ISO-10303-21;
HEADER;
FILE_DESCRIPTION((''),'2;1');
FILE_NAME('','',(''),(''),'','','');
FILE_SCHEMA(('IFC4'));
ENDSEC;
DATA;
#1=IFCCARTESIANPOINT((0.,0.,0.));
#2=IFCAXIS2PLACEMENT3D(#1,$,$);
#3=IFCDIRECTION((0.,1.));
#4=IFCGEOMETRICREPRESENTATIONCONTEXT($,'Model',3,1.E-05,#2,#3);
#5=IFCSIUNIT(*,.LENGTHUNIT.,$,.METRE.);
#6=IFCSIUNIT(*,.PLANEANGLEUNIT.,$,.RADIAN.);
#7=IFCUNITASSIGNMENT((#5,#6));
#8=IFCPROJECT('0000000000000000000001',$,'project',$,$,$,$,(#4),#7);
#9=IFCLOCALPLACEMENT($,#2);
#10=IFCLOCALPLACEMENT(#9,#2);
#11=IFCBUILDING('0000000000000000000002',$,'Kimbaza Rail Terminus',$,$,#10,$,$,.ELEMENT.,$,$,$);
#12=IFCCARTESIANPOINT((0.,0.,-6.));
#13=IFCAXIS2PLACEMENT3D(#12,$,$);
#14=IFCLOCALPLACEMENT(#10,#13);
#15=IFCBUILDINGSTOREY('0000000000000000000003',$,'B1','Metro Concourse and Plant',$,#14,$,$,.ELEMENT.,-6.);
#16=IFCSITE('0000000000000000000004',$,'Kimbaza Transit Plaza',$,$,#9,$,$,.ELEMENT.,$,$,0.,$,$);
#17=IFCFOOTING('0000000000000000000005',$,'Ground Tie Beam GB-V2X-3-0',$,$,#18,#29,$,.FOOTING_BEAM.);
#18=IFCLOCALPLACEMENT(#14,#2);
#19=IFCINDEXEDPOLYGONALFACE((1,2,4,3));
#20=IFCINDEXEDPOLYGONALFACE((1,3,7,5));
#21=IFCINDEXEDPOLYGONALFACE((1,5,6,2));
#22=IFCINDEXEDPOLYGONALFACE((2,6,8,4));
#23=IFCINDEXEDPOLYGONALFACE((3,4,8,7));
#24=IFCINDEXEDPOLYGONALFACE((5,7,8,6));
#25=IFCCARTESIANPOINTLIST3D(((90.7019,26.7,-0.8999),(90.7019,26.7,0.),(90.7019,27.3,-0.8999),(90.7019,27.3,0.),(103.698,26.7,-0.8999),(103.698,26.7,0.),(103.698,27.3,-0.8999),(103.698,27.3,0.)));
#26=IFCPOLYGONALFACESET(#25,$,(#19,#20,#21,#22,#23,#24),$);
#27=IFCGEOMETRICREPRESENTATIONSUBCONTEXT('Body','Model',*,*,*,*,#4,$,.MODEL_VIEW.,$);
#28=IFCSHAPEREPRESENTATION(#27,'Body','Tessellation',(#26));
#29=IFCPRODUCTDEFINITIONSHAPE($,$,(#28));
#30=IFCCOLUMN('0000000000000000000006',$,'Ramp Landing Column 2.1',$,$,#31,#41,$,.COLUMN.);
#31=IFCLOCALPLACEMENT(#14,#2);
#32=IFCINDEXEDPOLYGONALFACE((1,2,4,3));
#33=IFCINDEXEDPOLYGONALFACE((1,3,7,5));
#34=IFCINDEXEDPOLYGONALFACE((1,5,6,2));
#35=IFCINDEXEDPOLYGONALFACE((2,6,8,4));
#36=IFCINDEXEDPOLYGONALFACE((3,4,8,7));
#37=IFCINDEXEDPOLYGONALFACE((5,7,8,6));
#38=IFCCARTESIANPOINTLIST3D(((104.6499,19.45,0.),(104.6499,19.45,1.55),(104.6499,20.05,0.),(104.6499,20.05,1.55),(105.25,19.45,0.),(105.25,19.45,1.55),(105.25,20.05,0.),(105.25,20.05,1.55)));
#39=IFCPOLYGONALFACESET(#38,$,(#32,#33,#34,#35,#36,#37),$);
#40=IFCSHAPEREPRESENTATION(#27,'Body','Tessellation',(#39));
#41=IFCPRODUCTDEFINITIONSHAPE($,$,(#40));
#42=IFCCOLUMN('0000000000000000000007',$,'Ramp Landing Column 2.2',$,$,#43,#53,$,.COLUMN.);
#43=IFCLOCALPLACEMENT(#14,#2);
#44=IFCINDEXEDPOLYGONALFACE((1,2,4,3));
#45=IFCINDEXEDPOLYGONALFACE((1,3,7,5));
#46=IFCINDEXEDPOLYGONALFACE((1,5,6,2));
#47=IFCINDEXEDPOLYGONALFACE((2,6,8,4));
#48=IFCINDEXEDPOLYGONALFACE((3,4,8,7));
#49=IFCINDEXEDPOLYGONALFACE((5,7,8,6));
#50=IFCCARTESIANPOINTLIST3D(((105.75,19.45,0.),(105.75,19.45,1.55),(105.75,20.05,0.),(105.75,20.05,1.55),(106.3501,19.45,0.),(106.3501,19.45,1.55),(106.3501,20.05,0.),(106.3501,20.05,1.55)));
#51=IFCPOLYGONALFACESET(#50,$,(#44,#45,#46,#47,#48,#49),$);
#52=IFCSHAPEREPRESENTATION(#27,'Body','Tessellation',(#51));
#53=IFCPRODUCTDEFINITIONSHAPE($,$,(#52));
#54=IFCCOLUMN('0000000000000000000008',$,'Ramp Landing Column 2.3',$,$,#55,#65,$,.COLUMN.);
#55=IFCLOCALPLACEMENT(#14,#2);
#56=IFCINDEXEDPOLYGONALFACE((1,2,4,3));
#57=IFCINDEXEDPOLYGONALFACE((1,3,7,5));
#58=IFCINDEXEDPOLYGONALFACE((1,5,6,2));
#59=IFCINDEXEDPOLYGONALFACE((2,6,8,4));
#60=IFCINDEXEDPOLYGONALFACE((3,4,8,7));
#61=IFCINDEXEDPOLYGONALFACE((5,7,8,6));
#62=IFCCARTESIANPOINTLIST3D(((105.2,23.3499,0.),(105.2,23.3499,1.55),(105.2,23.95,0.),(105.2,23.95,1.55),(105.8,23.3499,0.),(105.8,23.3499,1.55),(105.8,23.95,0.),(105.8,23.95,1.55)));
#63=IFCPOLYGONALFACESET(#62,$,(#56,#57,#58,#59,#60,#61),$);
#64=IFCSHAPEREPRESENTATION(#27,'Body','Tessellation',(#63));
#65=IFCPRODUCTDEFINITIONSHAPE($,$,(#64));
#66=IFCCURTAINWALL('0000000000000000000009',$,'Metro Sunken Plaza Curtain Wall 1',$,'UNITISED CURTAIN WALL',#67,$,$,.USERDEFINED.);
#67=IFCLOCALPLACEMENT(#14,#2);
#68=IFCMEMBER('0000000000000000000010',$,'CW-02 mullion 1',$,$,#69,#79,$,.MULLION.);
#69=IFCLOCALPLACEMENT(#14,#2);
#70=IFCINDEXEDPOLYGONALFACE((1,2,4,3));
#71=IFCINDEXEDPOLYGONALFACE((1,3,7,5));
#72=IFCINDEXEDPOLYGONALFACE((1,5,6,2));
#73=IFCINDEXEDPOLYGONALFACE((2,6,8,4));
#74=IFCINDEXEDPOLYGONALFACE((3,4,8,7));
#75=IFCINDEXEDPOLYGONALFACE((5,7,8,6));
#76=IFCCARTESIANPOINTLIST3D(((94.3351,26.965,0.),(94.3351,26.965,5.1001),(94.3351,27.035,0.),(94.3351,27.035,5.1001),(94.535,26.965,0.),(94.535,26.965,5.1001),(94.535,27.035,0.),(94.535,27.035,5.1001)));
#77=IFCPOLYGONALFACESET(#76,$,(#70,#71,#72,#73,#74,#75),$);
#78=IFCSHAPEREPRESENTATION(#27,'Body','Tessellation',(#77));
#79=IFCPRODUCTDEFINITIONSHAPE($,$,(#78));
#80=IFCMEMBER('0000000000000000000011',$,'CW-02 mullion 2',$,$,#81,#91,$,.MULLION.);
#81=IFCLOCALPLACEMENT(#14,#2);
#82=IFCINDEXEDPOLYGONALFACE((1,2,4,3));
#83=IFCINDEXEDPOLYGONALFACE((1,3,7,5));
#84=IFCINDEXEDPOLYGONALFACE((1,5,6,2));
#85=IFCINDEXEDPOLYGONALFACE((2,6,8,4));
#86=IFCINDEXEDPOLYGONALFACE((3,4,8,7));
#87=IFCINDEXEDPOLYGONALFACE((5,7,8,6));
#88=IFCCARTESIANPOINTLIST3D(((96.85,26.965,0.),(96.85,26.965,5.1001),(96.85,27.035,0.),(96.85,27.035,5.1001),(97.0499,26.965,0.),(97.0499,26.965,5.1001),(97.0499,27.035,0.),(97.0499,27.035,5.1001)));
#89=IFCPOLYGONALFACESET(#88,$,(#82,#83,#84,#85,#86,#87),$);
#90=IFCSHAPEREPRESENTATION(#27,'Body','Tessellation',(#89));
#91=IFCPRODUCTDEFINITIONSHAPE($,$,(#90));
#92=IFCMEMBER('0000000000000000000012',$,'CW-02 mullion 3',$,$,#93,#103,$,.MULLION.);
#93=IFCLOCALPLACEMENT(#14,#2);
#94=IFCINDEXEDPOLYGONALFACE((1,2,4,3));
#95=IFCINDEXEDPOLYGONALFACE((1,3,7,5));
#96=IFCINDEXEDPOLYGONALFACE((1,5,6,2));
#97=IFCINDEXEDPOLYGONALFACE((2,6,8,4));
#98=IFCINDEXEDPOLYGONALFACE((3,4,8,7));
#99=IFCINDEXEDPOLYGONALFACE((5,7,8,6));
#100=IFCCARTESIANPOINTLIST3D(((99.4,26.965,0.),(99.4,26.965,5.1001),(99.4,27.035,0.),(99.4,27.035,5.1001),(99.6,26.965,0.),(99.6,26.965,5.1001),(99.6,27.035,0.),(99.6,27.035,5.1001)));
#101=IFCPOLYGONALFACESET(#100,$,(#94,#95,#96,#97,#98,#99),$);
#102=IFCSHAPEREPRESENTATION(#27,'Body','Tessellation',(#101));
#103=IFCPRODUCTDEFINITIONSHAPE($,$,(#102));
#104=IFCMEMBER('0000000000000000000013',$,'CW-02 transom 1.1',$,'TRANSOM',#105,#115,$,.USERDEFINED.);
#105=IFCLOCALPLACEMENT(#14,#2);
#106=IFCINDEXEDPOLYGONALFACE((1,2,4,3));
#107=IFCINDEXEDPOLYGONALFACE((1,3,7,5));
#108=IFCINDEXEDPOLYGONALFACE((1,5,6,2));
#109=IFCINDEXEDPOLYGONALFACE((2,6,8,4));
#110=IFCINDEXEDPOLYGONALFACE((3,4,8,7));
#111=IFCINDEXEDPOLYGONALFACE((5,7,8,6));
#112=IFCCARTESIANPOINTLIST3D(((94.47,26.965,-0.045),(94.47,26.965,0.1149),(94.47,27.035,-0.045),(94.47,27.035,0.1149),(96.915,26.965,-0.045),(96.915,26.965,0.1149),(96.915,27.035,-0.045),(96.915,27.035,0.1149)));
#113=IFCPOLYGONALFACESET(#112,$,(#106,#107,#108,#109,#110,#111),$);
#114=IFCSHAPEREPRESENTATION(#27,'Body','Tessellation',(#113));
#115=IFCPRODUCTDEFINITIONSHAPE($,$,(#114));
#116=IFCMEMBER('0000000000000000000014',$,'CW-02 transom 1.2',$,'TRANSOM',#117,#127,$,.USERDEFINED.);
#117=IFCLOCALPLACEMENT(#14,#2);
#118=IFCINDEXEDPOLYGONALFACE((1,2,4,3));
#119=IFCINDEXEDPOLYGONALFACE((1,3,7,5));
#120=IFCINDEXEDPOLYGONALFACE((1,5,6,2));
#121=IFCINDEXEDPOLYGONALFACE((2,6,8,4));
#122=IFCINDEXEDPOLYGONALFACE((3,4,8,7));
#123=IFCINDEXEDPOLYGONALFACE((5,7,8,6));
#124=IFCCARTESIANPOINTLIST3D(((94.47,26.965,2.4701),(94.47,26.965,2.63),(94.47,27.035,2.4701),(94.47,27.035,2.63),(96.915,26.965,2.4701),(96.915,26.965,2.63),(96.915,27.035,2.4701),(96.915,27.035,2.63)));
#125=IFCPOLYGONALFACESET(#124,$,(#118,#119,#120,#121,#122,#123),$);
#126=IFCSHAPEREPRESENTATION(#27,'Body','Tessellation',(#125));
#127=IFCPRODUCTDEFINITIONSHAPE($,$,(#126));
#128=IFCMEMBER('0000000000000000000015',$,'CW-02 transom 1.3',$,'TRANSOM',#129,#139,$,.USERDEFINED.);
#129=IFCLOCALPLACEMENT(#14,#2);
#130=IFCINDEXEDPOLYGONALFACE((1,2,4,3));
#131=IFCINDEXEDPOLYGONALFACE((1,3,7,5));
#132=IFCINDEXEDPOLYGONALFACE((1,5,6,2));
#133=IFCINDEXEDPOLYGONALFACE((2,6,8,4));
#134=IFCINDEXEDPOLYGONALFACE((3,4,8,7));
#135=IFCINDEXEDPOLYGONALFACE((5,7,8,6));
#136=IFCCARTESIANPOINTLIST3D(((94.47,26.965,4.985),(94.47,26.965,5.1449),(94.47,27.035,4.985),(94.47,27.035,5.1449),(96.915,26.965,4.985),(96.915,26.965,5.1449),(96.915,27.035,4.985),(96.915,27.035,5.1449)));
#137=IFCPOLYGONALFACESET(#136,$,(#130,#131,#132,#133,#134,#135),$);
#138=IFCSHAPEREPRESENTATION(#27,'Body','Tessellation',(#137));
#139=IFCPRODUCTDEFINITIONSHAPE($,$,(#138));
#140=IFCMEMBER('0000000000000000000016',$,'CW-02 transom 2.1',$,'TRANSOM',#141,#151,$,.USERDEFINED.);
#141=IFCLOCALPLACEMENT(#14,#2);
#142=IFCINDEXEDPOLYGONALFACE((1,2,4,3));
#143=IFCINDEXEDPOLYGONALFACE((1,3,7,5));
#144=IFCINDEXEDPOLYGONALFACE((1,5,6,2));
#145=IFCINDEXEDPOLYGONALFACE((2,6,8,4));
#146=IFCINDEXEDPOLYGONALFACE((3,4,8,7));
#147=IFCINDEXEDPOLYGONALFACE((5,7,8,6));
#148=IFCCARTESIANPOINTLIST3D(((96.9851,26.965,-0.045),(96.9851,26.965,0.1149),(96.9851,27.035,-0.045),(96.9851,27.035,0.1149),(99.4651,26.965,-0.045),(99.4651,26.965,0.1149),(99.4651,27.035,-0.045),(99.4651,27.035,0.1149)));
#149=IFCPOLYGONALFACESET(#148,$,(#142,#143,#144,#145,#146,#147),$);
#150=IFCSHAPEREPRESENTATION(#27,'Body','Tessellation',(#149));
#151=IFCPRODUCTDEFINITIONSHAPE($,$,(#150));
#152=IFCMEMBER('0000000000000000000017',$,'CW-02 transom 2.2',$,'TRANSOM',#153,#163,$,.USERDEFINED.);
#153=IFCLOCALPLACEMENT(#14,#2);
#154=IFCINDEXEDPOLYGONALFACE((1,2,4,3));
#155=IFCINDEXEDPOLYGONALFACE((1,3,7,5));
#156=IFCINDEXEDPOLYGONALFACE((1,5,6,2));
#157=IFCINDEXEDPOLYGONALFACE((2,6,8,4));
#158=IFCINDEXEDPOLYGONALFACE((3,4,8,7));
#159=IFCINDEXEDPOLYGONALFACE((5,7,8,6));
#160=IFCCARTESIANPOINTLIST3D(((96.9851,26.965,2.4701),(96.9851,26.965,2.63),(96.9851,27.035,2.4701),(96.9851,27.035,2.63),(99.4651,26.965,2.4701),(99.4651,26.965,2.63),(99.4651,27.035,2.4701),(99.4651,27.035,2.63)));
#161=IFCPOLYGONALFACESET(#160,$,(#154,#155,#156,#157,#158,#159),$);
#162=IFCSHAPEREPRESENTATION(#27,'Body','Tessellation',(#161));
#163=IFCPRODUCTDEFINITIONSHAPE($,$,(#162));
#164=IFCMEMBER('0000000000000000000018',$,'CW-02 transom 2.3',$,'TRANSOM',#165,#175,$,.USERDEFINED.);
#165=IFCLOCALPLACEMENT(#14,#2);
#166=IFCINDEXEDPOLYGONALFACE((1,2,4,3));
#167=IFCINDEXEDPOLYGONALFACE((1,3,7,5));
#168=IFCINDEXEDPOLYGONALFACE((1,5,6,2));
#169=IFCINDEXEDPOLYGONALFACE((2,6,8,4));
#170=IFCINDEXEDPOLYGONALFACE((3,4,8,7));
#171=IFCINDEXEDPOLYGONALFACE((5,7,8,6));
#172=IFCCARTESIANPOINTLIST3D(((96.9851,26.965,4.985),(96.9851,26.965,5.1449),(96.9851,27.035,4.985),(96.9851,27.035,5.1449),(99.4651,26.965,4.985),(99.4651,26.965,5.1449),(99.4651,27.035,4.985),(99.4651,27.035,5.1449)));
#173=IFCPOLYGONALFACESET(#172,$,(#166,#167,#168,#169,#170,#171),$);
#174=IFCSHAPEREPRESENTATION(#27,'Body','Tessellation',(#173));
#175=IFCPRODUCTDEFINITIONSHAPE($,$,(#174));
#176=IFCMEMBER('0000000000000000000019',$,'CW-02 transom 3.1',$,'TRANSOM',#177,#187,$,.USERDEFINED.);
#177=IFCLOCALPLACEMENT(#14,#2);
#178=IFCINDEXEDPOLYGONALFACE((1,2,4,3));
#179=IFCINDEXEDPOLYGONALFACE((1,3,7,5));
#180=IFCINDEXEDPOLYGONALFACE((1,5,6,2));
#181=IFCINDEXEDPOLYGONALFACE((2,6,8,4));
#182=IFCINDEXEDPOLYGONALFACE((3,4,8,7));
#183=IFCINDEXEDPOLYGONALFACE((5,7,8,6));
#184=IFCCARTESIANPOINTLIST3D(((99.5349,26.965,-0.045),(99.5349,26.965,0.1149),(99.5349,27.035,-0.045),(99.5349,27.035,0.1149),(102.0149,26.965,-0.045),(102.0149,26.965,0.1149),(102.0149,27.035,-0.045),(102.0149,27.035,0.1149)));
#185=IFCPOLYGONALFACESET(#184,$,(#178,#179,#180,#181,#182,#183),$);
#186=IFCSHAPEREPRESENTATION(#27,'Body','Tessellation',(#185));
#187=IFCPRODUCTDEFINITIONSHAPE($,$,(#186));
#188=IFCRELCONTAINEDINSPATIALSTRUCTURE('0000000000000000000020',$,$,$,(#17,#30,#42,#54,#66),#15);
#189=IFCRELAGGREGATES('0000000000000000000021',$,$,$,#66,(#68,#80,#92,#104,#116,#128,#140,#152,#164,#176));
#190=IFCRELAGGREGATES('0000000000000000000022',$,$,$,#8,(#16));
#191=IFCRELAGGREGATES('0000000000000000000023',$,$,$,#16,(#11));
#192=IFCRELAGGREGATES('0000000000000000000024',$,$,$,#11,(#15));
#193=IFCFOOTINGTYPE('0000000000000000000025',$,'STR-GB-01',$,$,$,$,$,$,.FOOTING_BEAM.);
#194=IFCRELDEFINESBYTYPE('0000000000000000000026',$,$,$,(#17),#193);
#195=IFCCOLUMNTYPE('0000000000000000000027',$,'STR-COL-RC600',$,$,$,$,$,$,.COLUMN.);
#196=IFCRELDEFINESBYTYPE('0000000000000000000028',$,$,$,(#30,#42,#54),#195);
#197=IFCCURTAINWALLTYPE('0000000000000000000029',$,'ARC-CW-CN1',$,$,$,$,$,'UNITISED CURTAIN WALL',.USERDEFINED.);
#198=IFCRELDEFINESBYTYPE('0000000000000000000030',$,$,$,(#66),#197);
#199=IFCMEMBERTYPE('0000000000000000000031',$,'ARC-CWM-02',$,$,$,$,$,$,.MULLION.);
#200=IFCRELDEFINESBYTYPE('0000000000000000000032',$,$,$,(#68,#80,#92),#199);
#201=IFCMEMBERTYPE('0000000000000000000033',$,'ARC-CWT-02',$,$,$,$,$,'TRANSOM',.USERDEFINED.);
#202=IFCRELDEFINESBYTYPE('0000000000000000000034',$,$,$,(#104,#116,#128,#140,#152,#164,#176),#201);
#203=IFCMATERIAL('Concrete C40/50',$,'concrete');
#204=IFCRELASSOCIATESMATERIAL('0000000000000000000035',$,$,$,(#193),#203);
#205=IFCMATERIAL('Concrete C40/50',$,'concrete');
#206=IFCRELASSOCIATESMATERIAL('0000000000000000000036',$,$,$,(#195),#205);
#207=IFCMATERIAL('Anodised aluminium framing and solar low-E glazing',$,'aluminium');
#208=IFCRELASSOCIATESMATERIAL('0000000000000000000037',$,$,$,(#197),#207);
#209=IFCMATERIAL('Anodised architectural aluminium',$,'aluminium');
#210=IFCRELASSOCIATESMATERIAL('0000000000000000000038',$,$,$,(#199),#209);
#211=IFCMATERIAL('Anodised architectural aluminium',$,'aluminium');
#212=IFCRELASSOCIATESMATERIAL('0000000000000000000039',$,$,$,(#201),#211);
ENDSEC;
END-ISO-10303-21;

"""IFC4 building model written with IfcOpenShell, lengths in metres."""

from ifc_helpers import new_model, si_unit, direction, frame, origin, origin_2d, place, context, subcontext, project, spatial, rectangle, extrude, material, material_profile, profile_set, type_object, element, aggregate, save


model = new_model("IFC4")

# Units and contexts
model_context = context("Model", 3, precision=1e-05, world=origin(), true_north=direction((0.0, 1.0)))
body_context = subcontext(model_context, "Body", "Model", "MODEL_VIEW")
ifc_project = project(units=[si_unit("LENGTHUNIT", "METRE"), si_unit("PLANEANGLEUNIT", "RADIAN")], contexts=[model_context])

# Site, building, storey
site_placement = place(None, origin())
site = spatial("IfcSite", under=ifc_project, at=site_placement, Name="Kimbaza Transit Plaza", CompositionType="ELEMENT", RefElevation=0.0)
building_placement = place(site_placement, origin())
building = spatial("IfcBuilding", under=site, at=building_placement, Name="Kimbaza Rail Terminus", CompositionType="ELEMENT")
storey_placement = place(building_placement, frame((0.0, 0.0, -6.0)))
storey = spatial("IfcBuildingStorey", under=building, at=storey_placement, Name="B1", Description="Metro Concourse and Plant", CompositionType="ELEMENT", Elevation=-6.0)

# Footing
ifc_material_1 = material(Name="Concrete C40/50", Category="concrete")
ifc_material_profile_1 = material_profile(ifc_material_1, rectangle(XDim=0.6001, YDim=0.8999, at=origin_2d()), Name="GB-01 600x900")
ifc_profile_set_1 = profile_set([ifc_material_profile_1], Name="Concrete C40/50")
footing_type = type_object("IfcFootingType", Name="STR-GB-01", PredefinedType="FOOTING_BEAM", material=ifc_profile_set_1)
footing_placement = place(storey_placement, frame((90.7019, 27.0, -0.45), z_axis=(1.0, 0.0, 0.0), x_axis=(0.0, 1.0, 0.0)))
element("IfcFooting", 1, at=footing_placement, inside=storey, type_object=footing_type, Name="Ground Tie Beam GB-V2X-3-0", PredefinedType="FOOTING_BEAM", context=body_context, shape_type="SweptSolid", body=[
    extrude(rectangle(XDim=0.6001, YDim=0.8999, at=origin_2d()), origin(), (0.0, 0.0, 1.0), 12.9961),
])

# Columns
ifc_material_2 = material(Name="Concrete C40/50", Category="concrete")
ifc_material_profile_2 = material_profile(ifc_material_2, rectangle(XDim=0.6001, YDim=0.6001, at=origin_2d()), Name="RC 600x600")
ifc_profile_set_2 = profile_set([ifc_material_profile_2], Name="Concrete C40/50")
column_type = type_object("IfcColumnType", Name="STR-COL-RC600", PredefinedType="COLUMN", material=ifc_profile_set_2)
for number, where, z_axis, x_axis, name in (
    (2, (104.95, 19.75, 0.0), (0.0, 0.0, 1.0), (1.0, 0.0, 0.0), "Ramp Landing Column 2.1"),
    (3, (106.05, 19.75, 0.0), (0.0, 0.0, 1.0), (1.0, 0.0, 0.0), "Ramp Landing Column 2.2"),
    (4, (105.5, 23.6499, 0.0), (0.0, 0.0, 1.0), (1.0, 0.0, 0.0), "Ramp Landing Column 2.3"),
):
    element("IfcColumn", number, at=place(storey_placement, frame(where, z_axis=z_axis, x_axis=x_axis)), inside=storey, type_object=column_type, Name=name, PredefinedType="COLUMN", context=body_context, shape_type="SweptSolid", body=[
        extrude(rectangle(XDim=0.6001, YDim=0.6001, at=origin_2d()), origin(), (0.0, 0.0, 1.0), 1.55),
    ])

# Curtain wall, members
ifc_material_3 = material(Name="Anodised aluminium framing and solar low-E glazing", Category="aluminium")
curtain_wall_type = type_object("IfcCurtainWallType", Name="ARC-CW-CN1", ElementType="UNITISED CURTAIN WALL", PredefinedType="USERDEFINED", material=ifc_material_3)
curtain_wall_placement = place(storey_placement, origin())
curtain_wall = element("IfcCurtainWall", 5, at=curtain_wall_placement, inside=storey, type_object=curtain_wall_type, Name="Metro Sunken Plaza Curtain Wall 1", ObjectType="UNITISED CURTAIN WALL", PredefinedType="USERDEFINED")
ifc_material_4 = material(Name="Anodised architectural aluminium", Category="aluminium")
ifc_material_profile_3 = material_profile(ifc_material_4, rectangle(XDim=0.0701, YDim=0.2, at=origin_2d()), Name="MULLION 70x200")
ifc_profile_set_3 = profile_set([ifc_material_profile_3], Name="Anodised architectural aluminium")
member_type_1 = type_object("IfcMemberType", Name="ARC-CWM-02", PredefinedType="MULLION", material=ifc_profile_set_3)
member_1_placement = place(storey_placement, frame((94.4351, 27.0, 0.0), z_axis=(0.0, 0.0, 1.0), x_axis=(0.0, 1.0, 0.0)))
member_1 = element("IfcMember", 6, at=member_1_placement, type_object=member_type_1, Name="CW-02 mullion 1", PredefinedType="MULLION", context=body_context, shape_type="SweptSolid", body=[
    extrude(rectangle(XDim=0.0701, YDim=0.2, at=origin_2d()), origin(), (0.0, 0.0, 1.0), 5.1001),
])
member_2_placement = place(storey_placement, frame((96.95, 27.0, 0.0), z_axis=(0.0, 0.0, 1.0), x_axis=(0.0, 1.0, 0.0)))
member_2 = element("IfcMember", 7, at=member_2_placement, type_object=member_type_1, Name="CW-02 mullion 2", PredefinedType="MULLION", context=body_context, shape_type="SweptSolid", body=[
    extrude(rectangle(XDim=0.0701, YDim=0.2, at=origin_2d()), origin(), (0.0, 0.0, 1.0), 5.1001),
])
member_3_placement = place(storey_placement, frame((99.5, 27.0, 0.0), z_axis=(0.0, 0.0, 1.0), x_axis=(0.0, 1.0, 0.0)))
member_3 = element("IfcMember", 8, at=member_3_placement, type_object=member_type_1, Name="CW-02 mullion 3", PredefinedType="MULLION", context=body_context, shape_type="SweptSolid", body=[
    extrude(rectangle(XDim=0.0701, YDim=0.2, at=origin_2d()), origin(), (0.0, 0.0, 1.0), 5.1001),
])
ifc_material_5 = material(Name="Anodised architectural aluminium", Category="aluminium")
ifc_material_profile_4 = material_profile(ifc_material_5, rectangle(XDim=0.0701, YDim=0.1599, at=origin_2d()), Name="TRANSOM 70x160")
ifc_profile_set_4 = profile_set([ifc_material_profile_4], Name="Anodised architectural aluminium")
member_type_2 = type_object("IfcMemberType", Name="ARC-CWT-02", ElementType="TRANSOM", PredefinedType="USERDEFINED", material=ifc_profile_set_4)
member_4_placement = place(storey_placement, frame((94.47, 27.0, 0.0349), z_axis=(1.0, 0.0, 0.0), x_axis=(0.0, 1.0, 0.0)))
member_4 = element("IfcMember", 9, at=member_4_placement, type_object=member_type_2, Name="CW-02 transom 1.1", ObjectType="TRANSOM", PredefinedType="USERDEFINED", context=body_context, shape_type="SweptSolid", body=[
    extrude(rectangle(XDim=0.0701, YDim=0.1599, at=origin_2d()), origin(), (0.0, 0.0, 1.0), 2.4451),
])
member_5_placement = place(storey_placement, frame((94.47, 27.0, 2.55), z_axis=(1.0, 0.0, 0.0), x_axis=(0.0, 1.0, 0.0)))
member_5 = element("IfcMember", 10, at=member_5_placement, type_object=member_type_2, Name="CW-02 transom 1.2", ObjectType="TRANSOM", PredefinedType="USERDEFINED", context=body_context, shape_type="SweptSolid", body=[
    extrude(rectangle(XDim=0.0701, YDim=0.1599, at=origin_2d()), origin(), (0.0, 0.0, 1.0), 2.4451),
])
member_6_placement = place(storey_placement, frame((94.47, 27.0, 5.0649), z_axis=(1.0, 0.0, 0.0), x_axis=(0.0, 1.0, 0.0)))
member_6 = element("IfcMember", 11, at=member_6_placement, type_object=member_type_2, Name="CW-02 transom 1.3", ObjectType="TRANSOM", PredefinedType="USERDEFINED", context=body_context, shape_type="SweptSolid", body=[
    extrude(rectangle(XDim=0.0701, YDim=0.1599, at=origin_2d()), origin(), (0.0, 0.0, 1.0), 2.4451),
])
member_7_placement = place(storey_placement, frame((96.9851, 27.0, 0.0349), z_axis=(1.0, 0.0, 0.0), x_axis=(0.0, 1.0, 0.0)))
member_7 = element("IfcMember", 12, at=member_7_placement, type_object=member_type_2, Name="CW-02 transom 2.1", ObjectType="TRANSOM", PredefinedType="USERDEFINED", context=body_context, shape_type="SweptSolid", body=[
    extrude(rectangle(XDim=0.0701, YDim=0.1599, at=origin_2d()), origin(), (0.0, 0.0, 1.0), 2.48),
])
member_8_placement = place(storey_placement, frame((96.9851, 27.0, 2.55), z_axis=(1.0, 0.0, 0.0), x_axis=(0.0, 1.0, 0.0)))
member_8 = element("IfcMember", 13, at=member_8_placement, type_object=member_type_2, Name="CW-02 transom 2.2", ObjectType="TRANSOM", PredefinedType="USERDEFINED", context=body_context, shape_type="SweptSolid", body=[
    extrude(rectangle(XDim=0.0701, YDim=0.1599, at=origin_2d()), origin(), (0.0, 0.0, 1.0), 2.48),
])
member_9_placement = place(storey_placement, frame((96.9851, 27.0, 5.0649), z_axis=(1.0, 0.0, 0.0), x_axis=(0.0, 1.0, 0.0)))
member_9 = element("IfcMember", 14, at=member_9_placement, type_object=member_type_2, Name="CW-02 transom 2.3", ObjectType="TRANSOM", PredefinedType="USERDEFINED", context=body_context, shape_type="SweptSolid", body=[
    extrude(rectangle(XDim=0.0701, YDim=0.1599, at=origin_2d()), origin(), (0.0, 0.0, 1.0), 2.48),
])
member_10_placement = place(storey_placement, frame((99.5349, 27.0, 0.0349), z_axis=(1.0, 0.0, 0.0), x_axis=(0.0, 1.0, 0.0)))
member_10 = element("IfcMember", 15, at=member_10_placement, type_object=member_type_2, Name="CW-02 transom 3.1", ObjectType="TRANSOM", PredefinedType="USERDEFINED", context=body_context, shape_type="SweptSolid", body=[
    extrude(rectangle(XDim=0.0701, YDim=0.1599, at=origin_2d()), origin(), (0.0, 0.0, 1.0), 2.48),
])
aggregate(curtain_wall, [member_1, member_2, member_3, member_4, member_5, member_6, member_7, member_8, member_9, member_10])

save(model, "model.ifc")
